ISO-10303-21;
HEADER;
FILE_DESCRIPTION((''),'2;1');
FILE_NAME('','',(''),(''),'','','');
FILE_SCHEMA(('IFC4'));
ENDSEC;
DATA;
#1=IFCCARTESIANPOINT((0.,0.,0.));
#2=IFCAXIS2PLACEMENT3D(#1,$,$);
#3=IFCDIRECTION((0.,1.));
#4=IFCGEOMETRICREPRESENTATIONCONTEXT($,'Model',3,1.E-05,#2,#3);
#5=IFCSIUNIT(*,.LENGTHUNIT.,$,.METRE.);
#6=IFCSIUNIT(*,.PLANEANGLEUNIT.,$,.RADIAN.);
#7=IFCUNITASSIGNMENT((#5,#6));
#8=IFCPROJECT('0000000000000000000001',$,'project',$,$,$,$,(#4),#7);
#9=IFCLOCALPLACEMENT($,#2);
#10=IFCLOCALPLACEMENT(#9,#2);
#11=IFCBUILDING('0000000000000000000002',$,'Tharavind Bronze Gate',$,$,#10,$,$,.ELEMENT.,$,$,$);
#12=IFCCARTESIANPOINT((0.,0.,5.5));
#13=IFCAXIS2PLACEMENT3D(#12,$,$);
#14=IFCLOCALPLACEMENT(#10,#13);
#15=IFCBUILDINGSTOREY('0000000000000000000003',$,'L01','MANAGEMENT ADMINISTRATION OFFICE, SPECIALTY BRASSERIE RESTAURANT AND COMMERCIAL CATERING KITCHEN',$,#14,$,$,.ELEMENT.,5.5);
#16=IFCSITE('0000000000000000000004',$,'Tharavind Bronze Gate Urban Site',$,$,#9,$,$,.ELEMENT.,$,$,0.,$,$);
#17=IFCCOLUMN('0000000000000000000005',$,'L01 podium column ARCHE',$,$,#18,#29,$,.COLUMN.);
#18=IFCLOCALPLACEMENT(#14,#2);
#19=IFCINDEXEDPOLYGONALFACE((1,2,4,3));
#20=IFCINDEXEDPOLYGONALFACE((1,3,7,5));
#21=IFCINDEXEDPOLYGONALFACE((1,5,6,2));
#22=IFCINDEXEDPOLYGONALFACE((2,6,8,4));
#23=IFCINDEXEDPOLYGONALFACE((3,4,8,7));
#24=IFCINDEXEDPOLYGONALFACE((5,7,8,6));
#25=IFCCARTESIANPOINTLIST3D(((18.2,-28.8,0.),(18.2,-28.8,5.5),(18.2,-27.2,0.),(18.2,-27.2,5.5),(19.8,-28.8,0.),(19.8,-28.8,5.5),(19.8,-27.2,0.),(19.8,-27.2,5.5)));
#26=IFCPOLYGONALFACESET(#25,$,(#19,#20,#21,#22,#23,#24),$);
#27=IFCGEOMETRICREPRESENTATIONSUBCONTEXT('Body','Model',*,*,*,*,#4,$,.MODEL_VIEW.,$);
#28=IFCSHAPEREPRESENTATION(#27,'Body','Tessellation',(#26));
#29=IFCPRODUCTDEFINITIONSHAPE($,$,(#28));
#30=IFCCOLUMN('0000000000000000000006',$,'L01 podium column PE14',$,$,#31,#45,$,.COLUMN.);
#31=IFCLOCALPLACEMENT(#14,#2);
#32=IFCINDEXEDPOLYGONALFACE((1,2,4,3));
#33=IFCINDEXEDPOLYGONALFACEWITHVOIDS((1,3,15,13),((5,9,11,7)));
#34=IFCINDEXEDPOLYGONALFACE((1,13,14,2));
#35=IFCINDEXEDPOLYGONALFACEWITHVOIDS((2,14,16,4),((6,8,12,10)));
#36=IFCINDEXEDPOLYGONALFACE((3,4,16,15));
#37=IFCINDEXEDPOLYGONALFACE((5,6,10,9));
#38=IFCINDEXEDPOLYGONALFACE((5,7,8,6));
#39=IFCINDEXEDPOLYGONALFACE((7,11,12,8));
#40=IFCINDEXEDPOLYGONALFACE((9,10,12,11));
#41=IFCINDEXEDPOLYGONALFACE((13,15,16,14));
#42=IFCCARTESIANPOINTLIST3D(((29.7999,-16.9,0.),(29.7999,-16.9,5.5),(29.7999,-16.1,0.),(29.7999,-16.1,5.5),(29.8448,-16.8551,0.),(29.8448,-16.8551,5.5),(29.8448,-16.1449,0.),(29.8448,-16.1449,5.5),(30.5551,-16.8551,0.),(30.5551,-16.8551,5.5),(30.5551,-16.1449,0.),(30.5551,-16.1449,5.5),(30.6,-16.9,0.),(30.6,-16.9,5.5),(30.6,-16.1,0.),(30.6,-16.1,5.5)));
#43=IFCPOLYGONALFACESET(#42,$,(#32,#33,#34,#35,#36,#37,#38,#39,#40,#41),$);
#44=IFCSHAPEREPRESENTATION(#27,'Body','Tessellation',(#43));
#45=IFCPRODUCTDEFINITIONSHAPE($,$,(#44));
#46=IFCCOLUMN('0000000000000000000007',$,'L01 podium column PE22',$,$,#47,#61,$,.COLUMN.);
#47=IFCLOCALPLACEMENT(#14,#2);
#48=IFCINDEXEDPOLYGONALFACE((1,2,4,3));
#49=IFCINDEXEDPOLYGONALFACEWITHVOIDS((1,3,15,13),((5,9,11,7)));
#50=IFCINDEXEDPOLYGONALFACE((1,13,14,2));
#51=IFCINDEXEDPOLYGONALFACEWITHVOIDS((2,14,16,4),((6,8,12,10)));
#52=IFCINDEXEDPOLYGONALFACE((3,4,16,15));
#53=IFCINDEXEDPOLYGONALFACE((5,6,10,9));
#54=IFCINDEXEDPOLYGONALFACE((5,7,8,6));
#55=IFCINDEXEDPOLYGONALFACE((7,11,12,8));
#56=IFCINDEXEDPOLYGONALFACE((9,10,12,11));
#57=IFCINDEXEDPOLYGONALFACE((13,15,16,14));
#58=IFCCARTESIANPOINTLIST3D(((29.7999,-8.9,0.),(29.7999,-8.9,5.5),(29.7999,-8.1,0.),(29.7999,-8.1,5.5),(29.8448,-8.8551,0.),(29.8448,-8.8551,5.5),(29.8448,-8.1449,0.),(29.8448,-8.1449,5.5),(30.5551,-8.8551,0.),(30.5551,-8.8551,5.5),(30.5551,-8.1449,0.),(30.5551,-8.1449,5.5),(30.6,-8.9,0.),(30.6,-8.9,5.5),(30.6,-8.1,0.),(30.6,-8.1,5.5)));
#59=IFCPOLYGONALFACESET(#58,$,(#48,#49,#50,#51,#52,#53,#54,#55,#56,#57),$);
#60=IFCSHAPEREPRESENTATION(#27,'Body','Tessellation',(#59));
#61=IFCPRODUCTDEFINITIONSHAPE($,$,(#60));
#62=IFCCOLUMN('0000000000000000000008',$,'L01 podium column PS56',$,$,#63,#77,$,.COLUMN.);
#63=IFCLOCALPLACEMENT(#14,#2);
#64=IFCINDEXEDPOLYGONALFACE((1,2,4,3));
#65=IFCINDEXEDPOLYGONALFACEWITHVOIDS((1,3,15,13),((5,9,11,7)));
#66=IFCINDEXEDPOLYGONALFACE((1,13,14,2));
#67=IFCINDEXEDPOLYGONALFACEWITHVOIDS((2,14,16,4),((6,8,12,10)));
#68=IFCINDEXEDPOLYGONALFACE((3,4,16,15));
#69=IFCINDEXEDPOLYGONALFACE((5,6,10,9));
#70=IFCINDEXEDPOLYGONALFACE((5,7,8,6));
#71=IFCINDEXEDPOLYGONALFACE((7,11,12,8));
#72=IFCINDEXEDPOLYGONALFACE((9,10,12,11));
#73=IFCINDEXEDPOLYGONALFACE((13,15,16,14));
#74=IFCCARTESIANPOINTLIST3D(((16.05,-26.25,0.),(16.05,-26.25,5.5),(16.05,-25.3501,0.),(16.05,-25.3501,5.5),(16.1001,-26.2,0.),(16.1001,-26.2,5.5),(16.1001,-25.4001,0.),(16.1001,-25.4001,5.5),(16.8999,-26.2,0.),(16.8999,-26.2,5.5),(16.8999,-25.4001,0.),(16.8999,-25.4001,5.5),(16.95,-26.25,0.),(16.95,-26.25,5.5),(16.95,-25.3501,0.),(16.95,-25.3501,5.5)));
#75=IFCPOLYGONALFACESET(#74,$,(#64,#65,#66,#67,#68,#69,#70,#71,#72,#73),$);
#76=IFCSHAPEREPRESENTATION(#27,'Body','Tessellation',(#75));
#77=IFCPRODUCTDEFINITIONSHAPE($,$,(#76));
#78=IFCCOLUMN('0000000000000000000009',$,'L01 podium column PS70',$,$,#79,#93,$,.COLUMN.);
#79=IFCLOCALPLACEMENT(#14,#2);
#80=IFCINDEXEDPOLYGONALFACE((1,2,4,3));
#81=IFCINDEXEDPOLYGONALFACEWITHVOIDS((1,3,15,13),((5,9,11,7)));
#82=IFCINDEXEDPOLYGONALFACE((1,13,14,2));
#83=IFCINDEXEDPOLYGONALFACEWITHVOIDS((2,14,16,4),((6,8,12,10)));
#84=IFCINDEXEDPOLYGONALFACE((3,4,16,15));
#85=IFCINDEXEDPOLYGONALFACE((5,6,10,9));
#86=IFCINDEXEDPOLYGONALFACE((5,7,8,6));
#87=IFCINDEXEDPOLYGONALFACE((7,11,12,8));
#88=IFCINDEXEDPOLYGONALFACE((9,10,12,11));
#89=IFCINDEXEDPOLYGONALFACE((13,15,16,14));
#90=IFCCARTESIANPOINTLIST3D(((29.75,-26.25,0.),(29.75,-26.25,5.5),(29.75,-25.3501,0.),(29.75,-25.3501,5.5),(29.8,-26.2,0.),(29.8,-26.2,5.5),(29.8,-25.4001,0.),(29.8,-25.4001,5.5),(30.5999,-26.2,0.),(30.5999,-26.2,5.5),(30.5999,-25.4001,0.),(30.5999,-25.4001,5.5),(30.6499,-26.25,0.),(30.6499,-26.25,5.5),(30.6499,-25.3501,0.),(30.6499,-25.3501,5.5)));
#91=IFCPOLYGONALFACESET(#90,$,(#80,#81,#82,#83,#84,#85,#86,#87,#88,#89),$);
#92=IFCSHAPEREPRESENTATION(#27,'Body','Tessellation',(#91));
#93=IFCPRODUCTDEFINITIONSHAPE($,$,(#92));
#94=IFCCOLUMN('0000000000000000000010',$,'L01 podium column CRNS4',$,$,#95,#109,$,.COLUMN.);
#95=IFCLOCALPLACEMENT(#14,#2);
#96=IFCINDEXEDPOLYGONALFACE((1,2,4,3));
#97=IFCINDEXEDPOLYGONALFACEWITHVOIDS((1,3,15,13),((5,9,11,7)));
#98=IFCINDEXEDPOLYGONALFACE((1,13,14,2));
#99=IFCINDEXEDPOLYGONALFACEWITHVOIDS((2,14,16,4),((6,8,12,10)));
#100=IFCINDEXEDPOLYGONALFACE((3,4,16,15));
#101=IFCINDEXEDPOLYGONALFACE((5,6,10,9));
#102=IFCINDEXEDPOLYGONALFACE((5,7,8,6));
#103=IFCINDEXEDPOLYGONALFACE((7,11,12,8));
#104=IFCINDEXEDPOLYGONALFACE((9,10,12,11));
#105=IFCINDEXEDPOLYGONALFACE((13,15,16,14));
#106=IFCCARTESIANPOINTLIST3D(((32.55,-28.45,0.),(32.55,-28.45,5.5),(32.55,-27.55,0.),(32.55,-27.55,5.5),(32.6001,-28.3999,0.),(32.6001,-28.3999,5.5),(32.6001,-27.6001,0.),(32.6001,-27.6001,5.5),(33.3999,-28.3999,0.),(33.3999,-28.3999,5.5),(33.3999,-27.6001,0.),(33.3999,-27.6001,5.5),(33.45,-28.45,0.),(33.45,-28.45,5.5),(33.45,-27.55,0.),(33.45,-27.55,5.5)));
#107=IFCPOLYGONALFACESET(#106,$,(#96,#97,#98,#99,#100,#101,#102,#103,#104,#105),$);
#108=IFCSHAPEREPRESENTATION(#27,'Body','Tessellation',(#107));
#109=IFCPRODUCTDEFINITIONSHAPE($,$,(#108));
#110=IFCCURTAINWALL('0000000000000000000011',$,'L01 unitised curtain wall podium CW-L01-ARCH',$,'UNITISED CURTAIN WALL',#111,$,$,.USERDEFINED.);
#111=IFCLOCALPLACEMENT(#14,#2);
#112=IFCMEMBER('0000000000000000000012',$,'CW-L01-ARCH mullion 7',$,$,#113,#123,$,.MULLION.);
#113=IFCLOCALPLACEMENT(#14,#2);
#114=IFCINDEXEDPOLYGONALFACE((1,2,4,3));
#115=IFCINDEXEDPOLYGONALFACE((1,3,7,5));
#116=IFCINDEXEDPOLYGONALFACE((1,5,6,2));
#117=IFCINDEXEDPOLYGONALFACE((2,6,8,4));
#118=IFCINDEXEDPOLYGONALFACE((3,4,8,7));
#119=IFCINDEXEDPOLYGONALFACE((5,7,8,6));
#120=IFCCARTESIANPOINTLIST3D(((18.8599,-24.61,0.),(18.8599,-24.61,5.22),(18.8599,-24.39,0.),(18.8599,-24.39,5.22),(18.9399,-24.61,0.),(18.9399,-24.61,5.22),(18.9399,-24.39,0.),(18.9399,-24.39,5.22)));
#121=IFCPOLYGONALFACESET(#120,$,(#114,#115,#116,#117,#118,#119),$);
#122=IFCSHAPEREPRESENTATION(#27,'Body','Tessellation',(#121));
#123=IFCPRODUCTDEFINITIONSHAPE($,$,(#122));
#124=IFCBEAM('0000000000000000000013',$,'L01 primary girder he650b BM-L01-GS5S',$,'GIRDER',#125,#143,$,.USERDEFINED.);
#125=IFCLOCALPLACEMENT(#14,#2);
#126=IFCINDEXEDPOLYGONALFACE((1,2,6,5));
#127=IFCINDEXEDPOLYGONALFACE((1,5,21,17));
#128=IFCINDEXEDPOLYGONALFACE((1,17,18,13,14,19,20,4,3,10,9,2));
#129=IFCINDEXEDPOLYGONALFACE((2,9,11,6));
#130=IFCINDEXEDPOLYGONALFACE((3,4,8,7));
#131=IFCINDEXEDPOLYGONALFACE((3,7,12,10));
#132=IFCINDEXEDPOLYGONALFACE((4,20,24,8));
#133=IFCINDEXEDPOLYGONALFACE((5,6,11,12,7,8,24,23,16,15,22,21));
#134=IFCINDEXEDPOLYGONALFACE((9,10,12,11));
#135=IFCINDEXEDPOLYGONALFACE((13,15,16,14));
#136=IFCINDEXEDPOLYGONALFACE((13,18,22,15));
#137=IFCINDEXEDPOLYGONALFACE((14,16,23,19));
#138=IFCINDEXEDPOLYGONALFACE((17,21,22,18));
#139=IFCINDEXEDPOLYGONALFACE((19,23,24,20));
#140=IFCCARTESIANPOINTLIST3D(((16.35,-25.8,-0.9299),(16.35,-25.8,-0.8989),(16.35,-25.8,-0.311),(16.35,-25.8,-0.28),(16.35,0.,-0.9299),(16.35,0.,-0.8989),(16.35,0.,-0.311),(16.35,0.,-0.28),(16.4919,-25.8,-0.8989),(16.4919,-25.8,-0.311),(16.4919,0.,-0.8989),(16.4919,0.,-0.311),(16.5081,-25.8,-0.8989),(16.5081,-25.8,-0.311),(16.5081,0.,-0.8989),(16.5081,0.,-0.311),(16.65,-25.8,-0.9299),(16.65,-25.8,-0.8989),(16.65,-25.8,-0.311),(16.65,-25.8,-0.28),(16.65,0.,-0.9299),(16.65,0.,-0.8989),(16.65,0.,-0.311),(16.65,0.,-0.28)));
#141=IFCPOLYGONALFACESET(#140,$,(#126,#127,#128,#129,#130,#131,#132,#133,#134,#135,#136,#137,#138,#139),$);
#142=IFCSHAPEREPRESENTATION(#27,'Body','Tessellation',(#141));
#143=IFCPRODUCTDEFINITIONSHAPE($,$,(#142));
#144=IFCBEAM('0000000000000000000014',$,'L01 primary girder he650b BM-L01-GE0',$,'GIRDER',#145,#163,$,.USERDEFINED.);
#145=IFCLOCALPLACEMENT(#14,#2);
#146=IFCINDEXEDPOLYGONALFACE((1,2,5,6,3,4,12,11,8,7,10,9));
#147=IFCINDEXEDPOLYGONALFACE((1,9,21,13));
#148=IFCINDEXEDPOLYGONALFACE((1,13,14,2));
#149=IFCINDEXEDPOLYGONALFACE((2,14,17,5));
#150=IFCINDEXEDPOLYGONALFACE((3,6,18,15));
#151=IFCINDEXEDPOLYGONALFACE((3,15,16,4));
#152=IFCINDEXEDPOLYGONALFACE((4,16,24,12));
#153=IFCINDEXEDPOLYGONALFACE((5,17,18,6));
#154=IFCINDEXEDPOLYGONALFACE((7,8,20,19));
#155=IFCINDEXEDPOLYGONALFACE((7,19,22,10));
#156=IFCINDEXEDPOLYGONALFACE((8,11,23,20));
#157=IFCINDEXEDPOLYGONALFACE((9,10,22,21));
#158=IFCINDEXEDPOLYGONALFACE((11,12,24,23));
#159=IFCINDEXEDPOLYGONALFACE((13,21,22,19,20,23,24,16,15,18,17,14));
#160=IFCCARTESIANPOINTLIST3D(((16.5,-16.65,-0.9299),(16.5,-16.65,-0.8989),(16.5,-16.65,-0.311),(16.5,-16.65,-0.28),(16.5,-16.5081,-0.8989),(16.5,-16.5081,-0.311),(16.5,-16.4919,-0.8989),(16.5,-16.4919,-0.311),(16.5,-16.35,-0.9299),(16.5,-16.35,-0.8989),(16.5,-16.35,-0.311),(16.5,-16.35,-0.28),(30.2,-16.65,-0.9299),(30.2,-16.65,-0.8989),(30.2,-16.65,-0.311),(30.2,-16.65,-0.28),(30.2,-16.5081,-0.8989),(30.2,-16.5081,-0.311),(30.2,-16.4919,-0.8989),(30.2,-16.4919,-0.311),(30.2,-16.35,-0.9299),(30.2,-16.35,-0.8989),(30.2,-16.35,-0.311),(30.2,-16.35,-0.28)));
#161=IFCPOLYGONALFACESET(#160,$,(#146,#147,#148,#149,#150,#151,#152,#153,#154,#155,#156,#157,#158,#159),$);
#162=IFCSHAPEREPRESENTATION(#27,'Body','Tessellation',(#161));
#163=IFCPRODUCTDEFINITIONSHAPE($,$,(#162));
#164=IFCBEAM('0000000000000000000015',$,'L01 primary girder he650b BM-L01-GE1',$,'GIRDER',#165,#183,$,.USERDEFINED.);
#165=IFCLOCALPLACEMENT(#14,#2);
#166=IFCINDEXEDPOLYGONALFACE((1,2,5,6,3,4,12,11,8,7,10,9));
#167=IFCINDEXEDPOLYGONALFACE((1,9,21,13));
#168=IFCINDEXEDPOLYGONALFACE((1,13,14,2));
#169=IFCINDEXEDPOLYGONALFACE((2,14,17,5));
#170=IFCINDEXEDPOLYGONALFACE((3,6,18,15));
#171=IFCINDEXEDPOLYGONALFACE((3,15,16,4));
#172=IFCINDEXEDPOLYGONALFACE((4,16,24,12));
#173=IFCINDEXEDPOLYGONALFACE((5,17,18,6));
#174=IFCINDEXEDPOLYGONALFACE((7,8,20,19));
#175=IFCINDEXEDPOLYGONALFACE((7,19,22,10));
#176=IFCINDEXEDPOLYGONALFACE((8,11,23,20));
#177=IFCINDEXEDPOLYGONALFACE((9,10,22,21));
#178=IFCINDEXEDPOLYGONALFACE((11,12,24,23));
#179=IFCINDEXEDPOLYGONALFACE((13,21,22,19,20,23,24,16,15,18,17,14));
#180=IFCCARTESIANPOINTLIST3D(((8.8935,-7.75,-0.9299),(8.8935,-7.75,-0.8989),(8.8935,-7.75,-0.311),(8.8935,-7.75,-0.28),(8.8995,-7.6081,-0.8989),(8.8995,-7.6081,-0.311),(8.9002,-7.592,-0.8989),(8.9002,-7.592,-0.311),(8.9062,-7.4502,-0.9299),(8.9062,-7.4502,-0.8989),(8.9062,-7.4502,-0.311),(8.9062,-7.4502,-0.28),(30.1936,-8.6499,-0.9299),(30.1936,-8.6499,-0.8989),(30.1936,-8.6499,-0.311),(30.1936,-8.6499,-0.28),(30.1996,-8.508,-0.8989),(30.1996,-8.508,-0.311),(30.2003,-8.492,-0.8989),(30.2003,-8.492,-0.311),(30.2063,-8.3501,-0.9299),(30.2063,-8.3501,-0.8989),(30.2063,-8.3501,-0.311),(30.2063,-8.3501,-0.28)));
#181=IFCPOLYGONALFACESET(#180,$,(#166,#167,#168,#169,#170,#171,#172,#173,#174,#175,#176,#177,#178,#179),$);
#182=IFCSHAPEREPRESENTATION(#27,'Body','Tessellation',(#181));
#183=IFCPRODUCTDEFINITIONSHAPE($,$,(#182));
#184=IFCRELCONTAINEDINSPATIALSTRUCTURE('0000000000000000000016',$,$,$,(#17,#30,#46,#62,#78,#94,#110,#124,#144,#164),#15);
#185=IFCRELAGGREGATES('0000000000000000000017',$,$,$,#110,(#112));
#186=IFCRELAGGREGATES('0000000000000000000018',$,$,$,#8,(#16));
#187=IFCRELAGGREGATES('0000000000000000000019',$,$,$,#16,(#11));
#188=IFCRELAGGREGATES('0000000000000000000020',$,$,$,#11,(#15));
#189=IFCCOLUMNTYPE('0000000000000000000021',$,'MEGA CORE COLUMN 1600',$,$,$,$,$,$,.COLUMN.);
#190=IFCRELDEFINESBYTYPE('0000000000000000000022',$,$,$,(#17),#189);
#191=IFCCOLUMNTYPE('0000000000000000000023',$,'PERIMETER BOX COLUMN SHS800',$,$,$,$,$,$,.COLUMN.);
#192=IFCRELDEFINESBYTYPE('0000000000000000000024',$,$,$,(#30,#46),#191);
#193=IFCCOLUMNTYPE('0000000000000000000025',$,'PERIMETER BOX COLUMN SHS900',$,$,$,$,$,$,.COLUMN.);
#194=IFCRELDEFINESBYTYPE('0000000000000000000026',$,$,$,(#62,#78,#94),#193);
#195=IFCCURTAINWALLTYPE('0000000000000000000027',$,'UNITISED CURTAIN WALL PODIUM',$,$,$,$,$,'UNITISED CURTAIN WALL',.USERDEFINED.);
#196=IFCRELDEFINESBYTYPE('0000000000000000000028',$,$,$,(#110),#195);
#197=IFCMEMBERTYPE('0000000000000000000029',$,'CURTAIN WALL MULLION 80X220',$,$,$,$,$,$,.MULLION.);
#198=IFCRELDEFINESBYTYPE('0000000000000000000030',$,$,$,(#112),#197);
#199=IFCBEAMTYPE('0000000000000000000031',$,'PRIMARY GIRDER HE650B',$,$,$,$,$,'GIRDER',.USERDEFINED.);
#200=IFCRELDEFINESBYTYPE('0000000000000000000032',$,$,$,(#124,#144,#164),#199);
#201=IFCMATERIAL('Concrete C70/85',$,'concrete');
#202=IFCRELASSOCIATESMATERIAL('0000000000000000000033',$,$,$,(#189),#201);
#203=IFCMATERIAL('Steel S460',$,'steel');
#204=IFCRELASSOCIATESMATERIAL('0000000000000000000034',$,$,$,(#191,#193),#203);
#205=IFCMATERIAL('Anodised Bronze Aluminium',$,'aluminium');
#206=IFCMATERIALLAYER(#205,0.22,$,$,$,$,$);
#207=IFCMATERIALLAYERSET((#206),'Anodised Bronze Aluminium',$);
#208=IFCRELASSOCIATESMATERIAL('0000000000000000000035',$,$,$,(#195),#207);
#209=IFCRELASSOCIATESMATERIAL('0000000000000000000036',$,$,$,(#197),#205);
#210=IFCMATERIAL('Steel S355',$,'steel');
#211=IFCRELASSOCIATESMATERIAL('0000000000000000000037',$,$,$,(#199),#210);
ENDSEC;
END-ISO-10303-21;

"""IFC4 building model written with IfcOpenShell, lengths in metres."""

from ifc_helpers import new_model, si_unit, direction, frame, origin, origin_2d, place, context, subcontext, project, spatial, rectangle, hollow_rectangle, i_section, extrude, material, layer, layer_set, material_profile, profile_set, type_object, element, aggregate, save


model = new_model("IFC4")

# Units and contexts
model_context = context("Model", 3, precision=1e-05, world=origin(), true_north=direction((0.0, 1.0)))
body_context = subcontext(model_context, "Body", "Model", "MODEL_VIEW")
ifc_project = project(units=[si_unit("LENGTHUNIT", "METRE"), si_unit("PLANEANGLEUNIT", "RADIAN")], contexts=[model_context])

# Site, building, storey
site_placement = place(None, origin())
site = spatial("IfcSite", under=ifc_project, at=site_placement, Name="Tharavind Bronze Gate Urban Site", CompositionType="ELEMENT", RefElevation=0.0)
building_placement = place(site_placement, origin())
building = spatial("IfcBuilding", under=site, at=building_placement, Name="Tharavind Bronze Gate", CompositionType="ELEMENT")
storey_placement = place(building_placement, frame((0.0, 0.0, 5.5)))
storey = spatial("IfcBuildingStorey", under=building, at=storey_placement, Name="L01", Description="MANAGEMENT ADMINISTRATION OFFICE, SPECIALTY BRASSERIE RESTAURANT AND COMMERCIAL CATERING KITCHEN", CompositionType="ELEMENT", Elevation=5.5)

# Columns
ifc_material_1 = material(Name="Concrete C70/85", Category="concrete")
ifc_material_profile_1 = material_profile(ifc_material_1, rectangle(XDim=1.6001, YDim=1.6001, at=origin_2d()), Name="RCCOL1600")
ifc_profile_set_1 = profile_set([ifc_material_profile_1], Name="Concrete C70/85")
column_type_1 = type_object("IfcColumnType", Name="MEGA CORE COLUMN 1600", PredefinedType="COLUMN", material=ifc_profile_set_1)
column_placement = place(storey_placement, frame((19.0, -28.0, 0.0), z_axis=(0.0, 0.0, 1.0), x_axis=(1.0, 0.0, 0.0)))
element("IfcColumn", 1, at=column_placement, inside=storey, type_object=column_type_1, Name="L01 podium column ARCHE", PredefinedType="COLUMN", context=body_context, shape_type="SweptSolid", body=[
    extrude(rectangle(XDim=1.6001, YDim=1.6001, at=origin_2d()), origin(), (0.0, 0.0, 1.0), 5.5),
])
ifc_material_2 = material(Name="Steel S460", Category="steel")
ifc_material_profile_2 = material_profile(ifc_material_2, hollow_rectangle(XDim=0.8, YDim=0.8, WallThickness=0.0449, at=origin_2d()), Name="SHS800X45")
ifc_profile_set_2 = profile_set([ifc_material_profile_2], Name="Steel S460")
column_type_2 = type_object("IfcColumnType", Name="PERIMETER BOX COLUMN SHS800", PredefinedType="COLUMN", material=ifc_profile_set_2)
for number, where, z_axis, x_axis, name in (
    (2, (30.2, -16.5, 0.0), (0.0, 0.0, 1.0), (1.0, 0.0, 0.0), "L01 podium column PE14"),
    (3, (30.2, -8.5, 0.0), (0.0, 0.0, 1.0), (1.0, 0.0, 0.0), "L01 podium column PE22"),
):
    element("IfcColumn", number, at=place(storey_placement, frame(where, z_axis=z_axis, x_axis=x_axis)), inside=storey, type_object=column_type_2, Name=name, PredefinedType="COLUMN", context=body_context, shape_type="SweptSolid", body=[
        extrude(hollow_rectangle(XDim=0.8, YDim=0.8, WallThickness=0.0449, at=origin_2d()), origin(), (0.0, 0.0, 1.0), 5.5),
    ])
ifc_material_profile_3 = material_profile(ifc_material_2, hollow_rectangle(XDim=0.8999, YDim=0.8999, WallThickness=0.05, at=origin_2d()), Name="SHS900X50")
ifc_profile_set_3 = profile_set([ifc_material_profile_3], Name="Steel S460")
column_type_3 = type_object("IfcColumnType", Name="PERIMETER BOX COLUMN SHS900", PredefinedType="COLUMN", material=ifc_profile_set_3)
for number, where, z_axis, x_axis, name in (
    (4, (16.5, -25.8, 0.0), (0.0, 0.0, 1.0), (1.0, 0.0, 0.0), "L01 podium column PS56"),
    (5, (30.2, -25.8, 0.0), (0.0, 0.0, 1.0), (1.0, 0.0, 0.0), "L01 podium column PS70"),
    (6, (33.0, -28.0, 0.0), (0.0, 0.0, 1.0), (1.0, 0.0, 0.0), "L01 podium column CRNS4"),
):
    element("IfcColumn", number, at=place(storey_placement, frame(where, z_axis=z_axis, x_axis=x_axis)), inside=storey, type_object=column_type_3, Name=name, PredefinedType="COLUMN", context=body_context, shape_type="SweptSolid", body=[
        extrude(hollow_rectangle(XDim=0.8999, YDim=0.8999, WallThickness=0.05, at=origin_2d()), origin(), (0.0, 0.0, 1.0), 5.5),
    ])

# Curtain wall, member
ifc_material_3 = material(Name="Anodised Bronze Aluminium", Category="aluminium")
ifc_layer_1 = layer(ifc_material_3, 0.22)
ifc_layer_set_1 = layer_set([ifc_layer_1], Name="Anodised Bronze Aluminium")
curtain_wall_type = type_object("IfcCurtainWallType", Name="UNITISED CURTAIN WALL PODIUM", ElementType="UNITISED CURTAIN WALL", PredefinedType="USERDEFINED", material=ifc_layer_set_1)
curtain_wall_placement = place(storey_placement, origin())
curtain_wall = element("IfcCurtainWall", 7, at=curtain_wall_placement, inside=storey, type_object=curtain_wall_type, Name="L01 unitised curtain wall podium CW-L01-ARCH", ObjectType="UNITISED CURTAIN WALL", PredefinedType="USERDEFINED")
member_type = type_object("IfcMemberType", Name="CURTAIN WALL MULLION 80X220", PredefinedType="MULLION", material=ifc_material_3)
member_placement = place(storey_placement, frame((18.8999, -24.5, 0.0), z_axis=(0.0, 0.0, 1.0), x_axis=(1.0, 0.0, 0.0)))
member = element("IfcMember", 8, at=member_placement, type_object=member_type, Name="CW-L01-ARCH mullion 7", PredefinedType="MULLION", context=body_context, shape_type="SweptSolid", body=[
    extrude(rectangle(XDim=0.0801, YDim=0.22, at=origin_2d()), origin(), (0.0, 0.0, 1.0), 5.22),
])

# Beams
ifc_material_4 = material(Name="Steel S355", Category="steel")
ifc_material_profile_4 = material_profile(ifc_material_4, i_section(OverallWidth=0.3, OverallDepth=0.6499, WebThickness=0.0161, FlangeThickness=0.031, at=origin_2d()), Name="HE650B")
ifc_profile_set_4 = profile_set([ifc_material_profile_4], Name="Steel S355")
beam_type_1 = type_object("IfcBeamType", Name="PRIMARY GIRDER HE650B", ElementType="GIRDER", PredefinedType="USERDEFINED", material=ifc_profile_set_4)
beam_1_placement = place(storey_placement, frame((16.5, -25.8, -0.605), z_axis=(0.0, 1.0, 0.0), x_axis=(-1.0, 0.0, 0.0)))
element("IfcBeam", 9, at=beam_1_placement, inside=storey, type_object=beam_type_1, Name="L01 primary girder he650b BM-L01-GS5S", ObjectType="GIRDER", PredefinedType="USERDEFINED", context=body_context, shape_type="SweptSolid", body=[
    extrude(i_section(OverallWidth=0.3, OverallDepth=0.6499, WebThickness=0.0161, FlangeThickness=0.031, at=origin_2d()), origin(), (0.0, 0.0, 1.0), 25.8),
])
beam_2_placement = place(storey_placement, frame((30.2, -16.5, -0.605), z_axis=(-1.0, 0.0, 0.0), x_axis=(0.0, -1.0, 0.0)))
element("IfcBeam", 10, at=beam_2_placement, inside=storey, type_object=beam_type_1, Name="L01 primary girder he650b BM-L01-GE0", ObjectType="GIRDER", PredefinedType="USERDEFINED", context=body_context, shape_type="SweptSolid", body=[
    extrude(i_section(OverallWidth=0.3, OverallDepth=0.6499, WebThickness=0.0161, FlangeThickness=0.031, at=origin_2d()), origin(), (0.0, 0.0, 1.0), 13.7),
])
beam_3_placement = place(storey_placement, frame((30.2, -8.5, -0.605), z_axis=(-0.999109, 0.042211, 0.0), x_axis=(-0.042211, -0.999109, 0.0)))
element("IfcBeam", 11, at=beam_3_placement, inside=storey, type_object=beam_type_1, Name="L01 primary girder he650b BM-L01-GE1", ObjectType="GIRDER", PredefinedType="USERDEFINED", context=body_context, shape_type="SweptSolid", body=[
    extrude(i_section(OverallWidth=0.3, OverallDepth=0.6499, WebThickness=0.0161, FlangeThickness=0.031, at=origin_2d()), origin(), (0.0, 0.0, 1.0), 21.3191),
])

aggregate(curtain_wall, [member])

save(model, "model.ifc")
